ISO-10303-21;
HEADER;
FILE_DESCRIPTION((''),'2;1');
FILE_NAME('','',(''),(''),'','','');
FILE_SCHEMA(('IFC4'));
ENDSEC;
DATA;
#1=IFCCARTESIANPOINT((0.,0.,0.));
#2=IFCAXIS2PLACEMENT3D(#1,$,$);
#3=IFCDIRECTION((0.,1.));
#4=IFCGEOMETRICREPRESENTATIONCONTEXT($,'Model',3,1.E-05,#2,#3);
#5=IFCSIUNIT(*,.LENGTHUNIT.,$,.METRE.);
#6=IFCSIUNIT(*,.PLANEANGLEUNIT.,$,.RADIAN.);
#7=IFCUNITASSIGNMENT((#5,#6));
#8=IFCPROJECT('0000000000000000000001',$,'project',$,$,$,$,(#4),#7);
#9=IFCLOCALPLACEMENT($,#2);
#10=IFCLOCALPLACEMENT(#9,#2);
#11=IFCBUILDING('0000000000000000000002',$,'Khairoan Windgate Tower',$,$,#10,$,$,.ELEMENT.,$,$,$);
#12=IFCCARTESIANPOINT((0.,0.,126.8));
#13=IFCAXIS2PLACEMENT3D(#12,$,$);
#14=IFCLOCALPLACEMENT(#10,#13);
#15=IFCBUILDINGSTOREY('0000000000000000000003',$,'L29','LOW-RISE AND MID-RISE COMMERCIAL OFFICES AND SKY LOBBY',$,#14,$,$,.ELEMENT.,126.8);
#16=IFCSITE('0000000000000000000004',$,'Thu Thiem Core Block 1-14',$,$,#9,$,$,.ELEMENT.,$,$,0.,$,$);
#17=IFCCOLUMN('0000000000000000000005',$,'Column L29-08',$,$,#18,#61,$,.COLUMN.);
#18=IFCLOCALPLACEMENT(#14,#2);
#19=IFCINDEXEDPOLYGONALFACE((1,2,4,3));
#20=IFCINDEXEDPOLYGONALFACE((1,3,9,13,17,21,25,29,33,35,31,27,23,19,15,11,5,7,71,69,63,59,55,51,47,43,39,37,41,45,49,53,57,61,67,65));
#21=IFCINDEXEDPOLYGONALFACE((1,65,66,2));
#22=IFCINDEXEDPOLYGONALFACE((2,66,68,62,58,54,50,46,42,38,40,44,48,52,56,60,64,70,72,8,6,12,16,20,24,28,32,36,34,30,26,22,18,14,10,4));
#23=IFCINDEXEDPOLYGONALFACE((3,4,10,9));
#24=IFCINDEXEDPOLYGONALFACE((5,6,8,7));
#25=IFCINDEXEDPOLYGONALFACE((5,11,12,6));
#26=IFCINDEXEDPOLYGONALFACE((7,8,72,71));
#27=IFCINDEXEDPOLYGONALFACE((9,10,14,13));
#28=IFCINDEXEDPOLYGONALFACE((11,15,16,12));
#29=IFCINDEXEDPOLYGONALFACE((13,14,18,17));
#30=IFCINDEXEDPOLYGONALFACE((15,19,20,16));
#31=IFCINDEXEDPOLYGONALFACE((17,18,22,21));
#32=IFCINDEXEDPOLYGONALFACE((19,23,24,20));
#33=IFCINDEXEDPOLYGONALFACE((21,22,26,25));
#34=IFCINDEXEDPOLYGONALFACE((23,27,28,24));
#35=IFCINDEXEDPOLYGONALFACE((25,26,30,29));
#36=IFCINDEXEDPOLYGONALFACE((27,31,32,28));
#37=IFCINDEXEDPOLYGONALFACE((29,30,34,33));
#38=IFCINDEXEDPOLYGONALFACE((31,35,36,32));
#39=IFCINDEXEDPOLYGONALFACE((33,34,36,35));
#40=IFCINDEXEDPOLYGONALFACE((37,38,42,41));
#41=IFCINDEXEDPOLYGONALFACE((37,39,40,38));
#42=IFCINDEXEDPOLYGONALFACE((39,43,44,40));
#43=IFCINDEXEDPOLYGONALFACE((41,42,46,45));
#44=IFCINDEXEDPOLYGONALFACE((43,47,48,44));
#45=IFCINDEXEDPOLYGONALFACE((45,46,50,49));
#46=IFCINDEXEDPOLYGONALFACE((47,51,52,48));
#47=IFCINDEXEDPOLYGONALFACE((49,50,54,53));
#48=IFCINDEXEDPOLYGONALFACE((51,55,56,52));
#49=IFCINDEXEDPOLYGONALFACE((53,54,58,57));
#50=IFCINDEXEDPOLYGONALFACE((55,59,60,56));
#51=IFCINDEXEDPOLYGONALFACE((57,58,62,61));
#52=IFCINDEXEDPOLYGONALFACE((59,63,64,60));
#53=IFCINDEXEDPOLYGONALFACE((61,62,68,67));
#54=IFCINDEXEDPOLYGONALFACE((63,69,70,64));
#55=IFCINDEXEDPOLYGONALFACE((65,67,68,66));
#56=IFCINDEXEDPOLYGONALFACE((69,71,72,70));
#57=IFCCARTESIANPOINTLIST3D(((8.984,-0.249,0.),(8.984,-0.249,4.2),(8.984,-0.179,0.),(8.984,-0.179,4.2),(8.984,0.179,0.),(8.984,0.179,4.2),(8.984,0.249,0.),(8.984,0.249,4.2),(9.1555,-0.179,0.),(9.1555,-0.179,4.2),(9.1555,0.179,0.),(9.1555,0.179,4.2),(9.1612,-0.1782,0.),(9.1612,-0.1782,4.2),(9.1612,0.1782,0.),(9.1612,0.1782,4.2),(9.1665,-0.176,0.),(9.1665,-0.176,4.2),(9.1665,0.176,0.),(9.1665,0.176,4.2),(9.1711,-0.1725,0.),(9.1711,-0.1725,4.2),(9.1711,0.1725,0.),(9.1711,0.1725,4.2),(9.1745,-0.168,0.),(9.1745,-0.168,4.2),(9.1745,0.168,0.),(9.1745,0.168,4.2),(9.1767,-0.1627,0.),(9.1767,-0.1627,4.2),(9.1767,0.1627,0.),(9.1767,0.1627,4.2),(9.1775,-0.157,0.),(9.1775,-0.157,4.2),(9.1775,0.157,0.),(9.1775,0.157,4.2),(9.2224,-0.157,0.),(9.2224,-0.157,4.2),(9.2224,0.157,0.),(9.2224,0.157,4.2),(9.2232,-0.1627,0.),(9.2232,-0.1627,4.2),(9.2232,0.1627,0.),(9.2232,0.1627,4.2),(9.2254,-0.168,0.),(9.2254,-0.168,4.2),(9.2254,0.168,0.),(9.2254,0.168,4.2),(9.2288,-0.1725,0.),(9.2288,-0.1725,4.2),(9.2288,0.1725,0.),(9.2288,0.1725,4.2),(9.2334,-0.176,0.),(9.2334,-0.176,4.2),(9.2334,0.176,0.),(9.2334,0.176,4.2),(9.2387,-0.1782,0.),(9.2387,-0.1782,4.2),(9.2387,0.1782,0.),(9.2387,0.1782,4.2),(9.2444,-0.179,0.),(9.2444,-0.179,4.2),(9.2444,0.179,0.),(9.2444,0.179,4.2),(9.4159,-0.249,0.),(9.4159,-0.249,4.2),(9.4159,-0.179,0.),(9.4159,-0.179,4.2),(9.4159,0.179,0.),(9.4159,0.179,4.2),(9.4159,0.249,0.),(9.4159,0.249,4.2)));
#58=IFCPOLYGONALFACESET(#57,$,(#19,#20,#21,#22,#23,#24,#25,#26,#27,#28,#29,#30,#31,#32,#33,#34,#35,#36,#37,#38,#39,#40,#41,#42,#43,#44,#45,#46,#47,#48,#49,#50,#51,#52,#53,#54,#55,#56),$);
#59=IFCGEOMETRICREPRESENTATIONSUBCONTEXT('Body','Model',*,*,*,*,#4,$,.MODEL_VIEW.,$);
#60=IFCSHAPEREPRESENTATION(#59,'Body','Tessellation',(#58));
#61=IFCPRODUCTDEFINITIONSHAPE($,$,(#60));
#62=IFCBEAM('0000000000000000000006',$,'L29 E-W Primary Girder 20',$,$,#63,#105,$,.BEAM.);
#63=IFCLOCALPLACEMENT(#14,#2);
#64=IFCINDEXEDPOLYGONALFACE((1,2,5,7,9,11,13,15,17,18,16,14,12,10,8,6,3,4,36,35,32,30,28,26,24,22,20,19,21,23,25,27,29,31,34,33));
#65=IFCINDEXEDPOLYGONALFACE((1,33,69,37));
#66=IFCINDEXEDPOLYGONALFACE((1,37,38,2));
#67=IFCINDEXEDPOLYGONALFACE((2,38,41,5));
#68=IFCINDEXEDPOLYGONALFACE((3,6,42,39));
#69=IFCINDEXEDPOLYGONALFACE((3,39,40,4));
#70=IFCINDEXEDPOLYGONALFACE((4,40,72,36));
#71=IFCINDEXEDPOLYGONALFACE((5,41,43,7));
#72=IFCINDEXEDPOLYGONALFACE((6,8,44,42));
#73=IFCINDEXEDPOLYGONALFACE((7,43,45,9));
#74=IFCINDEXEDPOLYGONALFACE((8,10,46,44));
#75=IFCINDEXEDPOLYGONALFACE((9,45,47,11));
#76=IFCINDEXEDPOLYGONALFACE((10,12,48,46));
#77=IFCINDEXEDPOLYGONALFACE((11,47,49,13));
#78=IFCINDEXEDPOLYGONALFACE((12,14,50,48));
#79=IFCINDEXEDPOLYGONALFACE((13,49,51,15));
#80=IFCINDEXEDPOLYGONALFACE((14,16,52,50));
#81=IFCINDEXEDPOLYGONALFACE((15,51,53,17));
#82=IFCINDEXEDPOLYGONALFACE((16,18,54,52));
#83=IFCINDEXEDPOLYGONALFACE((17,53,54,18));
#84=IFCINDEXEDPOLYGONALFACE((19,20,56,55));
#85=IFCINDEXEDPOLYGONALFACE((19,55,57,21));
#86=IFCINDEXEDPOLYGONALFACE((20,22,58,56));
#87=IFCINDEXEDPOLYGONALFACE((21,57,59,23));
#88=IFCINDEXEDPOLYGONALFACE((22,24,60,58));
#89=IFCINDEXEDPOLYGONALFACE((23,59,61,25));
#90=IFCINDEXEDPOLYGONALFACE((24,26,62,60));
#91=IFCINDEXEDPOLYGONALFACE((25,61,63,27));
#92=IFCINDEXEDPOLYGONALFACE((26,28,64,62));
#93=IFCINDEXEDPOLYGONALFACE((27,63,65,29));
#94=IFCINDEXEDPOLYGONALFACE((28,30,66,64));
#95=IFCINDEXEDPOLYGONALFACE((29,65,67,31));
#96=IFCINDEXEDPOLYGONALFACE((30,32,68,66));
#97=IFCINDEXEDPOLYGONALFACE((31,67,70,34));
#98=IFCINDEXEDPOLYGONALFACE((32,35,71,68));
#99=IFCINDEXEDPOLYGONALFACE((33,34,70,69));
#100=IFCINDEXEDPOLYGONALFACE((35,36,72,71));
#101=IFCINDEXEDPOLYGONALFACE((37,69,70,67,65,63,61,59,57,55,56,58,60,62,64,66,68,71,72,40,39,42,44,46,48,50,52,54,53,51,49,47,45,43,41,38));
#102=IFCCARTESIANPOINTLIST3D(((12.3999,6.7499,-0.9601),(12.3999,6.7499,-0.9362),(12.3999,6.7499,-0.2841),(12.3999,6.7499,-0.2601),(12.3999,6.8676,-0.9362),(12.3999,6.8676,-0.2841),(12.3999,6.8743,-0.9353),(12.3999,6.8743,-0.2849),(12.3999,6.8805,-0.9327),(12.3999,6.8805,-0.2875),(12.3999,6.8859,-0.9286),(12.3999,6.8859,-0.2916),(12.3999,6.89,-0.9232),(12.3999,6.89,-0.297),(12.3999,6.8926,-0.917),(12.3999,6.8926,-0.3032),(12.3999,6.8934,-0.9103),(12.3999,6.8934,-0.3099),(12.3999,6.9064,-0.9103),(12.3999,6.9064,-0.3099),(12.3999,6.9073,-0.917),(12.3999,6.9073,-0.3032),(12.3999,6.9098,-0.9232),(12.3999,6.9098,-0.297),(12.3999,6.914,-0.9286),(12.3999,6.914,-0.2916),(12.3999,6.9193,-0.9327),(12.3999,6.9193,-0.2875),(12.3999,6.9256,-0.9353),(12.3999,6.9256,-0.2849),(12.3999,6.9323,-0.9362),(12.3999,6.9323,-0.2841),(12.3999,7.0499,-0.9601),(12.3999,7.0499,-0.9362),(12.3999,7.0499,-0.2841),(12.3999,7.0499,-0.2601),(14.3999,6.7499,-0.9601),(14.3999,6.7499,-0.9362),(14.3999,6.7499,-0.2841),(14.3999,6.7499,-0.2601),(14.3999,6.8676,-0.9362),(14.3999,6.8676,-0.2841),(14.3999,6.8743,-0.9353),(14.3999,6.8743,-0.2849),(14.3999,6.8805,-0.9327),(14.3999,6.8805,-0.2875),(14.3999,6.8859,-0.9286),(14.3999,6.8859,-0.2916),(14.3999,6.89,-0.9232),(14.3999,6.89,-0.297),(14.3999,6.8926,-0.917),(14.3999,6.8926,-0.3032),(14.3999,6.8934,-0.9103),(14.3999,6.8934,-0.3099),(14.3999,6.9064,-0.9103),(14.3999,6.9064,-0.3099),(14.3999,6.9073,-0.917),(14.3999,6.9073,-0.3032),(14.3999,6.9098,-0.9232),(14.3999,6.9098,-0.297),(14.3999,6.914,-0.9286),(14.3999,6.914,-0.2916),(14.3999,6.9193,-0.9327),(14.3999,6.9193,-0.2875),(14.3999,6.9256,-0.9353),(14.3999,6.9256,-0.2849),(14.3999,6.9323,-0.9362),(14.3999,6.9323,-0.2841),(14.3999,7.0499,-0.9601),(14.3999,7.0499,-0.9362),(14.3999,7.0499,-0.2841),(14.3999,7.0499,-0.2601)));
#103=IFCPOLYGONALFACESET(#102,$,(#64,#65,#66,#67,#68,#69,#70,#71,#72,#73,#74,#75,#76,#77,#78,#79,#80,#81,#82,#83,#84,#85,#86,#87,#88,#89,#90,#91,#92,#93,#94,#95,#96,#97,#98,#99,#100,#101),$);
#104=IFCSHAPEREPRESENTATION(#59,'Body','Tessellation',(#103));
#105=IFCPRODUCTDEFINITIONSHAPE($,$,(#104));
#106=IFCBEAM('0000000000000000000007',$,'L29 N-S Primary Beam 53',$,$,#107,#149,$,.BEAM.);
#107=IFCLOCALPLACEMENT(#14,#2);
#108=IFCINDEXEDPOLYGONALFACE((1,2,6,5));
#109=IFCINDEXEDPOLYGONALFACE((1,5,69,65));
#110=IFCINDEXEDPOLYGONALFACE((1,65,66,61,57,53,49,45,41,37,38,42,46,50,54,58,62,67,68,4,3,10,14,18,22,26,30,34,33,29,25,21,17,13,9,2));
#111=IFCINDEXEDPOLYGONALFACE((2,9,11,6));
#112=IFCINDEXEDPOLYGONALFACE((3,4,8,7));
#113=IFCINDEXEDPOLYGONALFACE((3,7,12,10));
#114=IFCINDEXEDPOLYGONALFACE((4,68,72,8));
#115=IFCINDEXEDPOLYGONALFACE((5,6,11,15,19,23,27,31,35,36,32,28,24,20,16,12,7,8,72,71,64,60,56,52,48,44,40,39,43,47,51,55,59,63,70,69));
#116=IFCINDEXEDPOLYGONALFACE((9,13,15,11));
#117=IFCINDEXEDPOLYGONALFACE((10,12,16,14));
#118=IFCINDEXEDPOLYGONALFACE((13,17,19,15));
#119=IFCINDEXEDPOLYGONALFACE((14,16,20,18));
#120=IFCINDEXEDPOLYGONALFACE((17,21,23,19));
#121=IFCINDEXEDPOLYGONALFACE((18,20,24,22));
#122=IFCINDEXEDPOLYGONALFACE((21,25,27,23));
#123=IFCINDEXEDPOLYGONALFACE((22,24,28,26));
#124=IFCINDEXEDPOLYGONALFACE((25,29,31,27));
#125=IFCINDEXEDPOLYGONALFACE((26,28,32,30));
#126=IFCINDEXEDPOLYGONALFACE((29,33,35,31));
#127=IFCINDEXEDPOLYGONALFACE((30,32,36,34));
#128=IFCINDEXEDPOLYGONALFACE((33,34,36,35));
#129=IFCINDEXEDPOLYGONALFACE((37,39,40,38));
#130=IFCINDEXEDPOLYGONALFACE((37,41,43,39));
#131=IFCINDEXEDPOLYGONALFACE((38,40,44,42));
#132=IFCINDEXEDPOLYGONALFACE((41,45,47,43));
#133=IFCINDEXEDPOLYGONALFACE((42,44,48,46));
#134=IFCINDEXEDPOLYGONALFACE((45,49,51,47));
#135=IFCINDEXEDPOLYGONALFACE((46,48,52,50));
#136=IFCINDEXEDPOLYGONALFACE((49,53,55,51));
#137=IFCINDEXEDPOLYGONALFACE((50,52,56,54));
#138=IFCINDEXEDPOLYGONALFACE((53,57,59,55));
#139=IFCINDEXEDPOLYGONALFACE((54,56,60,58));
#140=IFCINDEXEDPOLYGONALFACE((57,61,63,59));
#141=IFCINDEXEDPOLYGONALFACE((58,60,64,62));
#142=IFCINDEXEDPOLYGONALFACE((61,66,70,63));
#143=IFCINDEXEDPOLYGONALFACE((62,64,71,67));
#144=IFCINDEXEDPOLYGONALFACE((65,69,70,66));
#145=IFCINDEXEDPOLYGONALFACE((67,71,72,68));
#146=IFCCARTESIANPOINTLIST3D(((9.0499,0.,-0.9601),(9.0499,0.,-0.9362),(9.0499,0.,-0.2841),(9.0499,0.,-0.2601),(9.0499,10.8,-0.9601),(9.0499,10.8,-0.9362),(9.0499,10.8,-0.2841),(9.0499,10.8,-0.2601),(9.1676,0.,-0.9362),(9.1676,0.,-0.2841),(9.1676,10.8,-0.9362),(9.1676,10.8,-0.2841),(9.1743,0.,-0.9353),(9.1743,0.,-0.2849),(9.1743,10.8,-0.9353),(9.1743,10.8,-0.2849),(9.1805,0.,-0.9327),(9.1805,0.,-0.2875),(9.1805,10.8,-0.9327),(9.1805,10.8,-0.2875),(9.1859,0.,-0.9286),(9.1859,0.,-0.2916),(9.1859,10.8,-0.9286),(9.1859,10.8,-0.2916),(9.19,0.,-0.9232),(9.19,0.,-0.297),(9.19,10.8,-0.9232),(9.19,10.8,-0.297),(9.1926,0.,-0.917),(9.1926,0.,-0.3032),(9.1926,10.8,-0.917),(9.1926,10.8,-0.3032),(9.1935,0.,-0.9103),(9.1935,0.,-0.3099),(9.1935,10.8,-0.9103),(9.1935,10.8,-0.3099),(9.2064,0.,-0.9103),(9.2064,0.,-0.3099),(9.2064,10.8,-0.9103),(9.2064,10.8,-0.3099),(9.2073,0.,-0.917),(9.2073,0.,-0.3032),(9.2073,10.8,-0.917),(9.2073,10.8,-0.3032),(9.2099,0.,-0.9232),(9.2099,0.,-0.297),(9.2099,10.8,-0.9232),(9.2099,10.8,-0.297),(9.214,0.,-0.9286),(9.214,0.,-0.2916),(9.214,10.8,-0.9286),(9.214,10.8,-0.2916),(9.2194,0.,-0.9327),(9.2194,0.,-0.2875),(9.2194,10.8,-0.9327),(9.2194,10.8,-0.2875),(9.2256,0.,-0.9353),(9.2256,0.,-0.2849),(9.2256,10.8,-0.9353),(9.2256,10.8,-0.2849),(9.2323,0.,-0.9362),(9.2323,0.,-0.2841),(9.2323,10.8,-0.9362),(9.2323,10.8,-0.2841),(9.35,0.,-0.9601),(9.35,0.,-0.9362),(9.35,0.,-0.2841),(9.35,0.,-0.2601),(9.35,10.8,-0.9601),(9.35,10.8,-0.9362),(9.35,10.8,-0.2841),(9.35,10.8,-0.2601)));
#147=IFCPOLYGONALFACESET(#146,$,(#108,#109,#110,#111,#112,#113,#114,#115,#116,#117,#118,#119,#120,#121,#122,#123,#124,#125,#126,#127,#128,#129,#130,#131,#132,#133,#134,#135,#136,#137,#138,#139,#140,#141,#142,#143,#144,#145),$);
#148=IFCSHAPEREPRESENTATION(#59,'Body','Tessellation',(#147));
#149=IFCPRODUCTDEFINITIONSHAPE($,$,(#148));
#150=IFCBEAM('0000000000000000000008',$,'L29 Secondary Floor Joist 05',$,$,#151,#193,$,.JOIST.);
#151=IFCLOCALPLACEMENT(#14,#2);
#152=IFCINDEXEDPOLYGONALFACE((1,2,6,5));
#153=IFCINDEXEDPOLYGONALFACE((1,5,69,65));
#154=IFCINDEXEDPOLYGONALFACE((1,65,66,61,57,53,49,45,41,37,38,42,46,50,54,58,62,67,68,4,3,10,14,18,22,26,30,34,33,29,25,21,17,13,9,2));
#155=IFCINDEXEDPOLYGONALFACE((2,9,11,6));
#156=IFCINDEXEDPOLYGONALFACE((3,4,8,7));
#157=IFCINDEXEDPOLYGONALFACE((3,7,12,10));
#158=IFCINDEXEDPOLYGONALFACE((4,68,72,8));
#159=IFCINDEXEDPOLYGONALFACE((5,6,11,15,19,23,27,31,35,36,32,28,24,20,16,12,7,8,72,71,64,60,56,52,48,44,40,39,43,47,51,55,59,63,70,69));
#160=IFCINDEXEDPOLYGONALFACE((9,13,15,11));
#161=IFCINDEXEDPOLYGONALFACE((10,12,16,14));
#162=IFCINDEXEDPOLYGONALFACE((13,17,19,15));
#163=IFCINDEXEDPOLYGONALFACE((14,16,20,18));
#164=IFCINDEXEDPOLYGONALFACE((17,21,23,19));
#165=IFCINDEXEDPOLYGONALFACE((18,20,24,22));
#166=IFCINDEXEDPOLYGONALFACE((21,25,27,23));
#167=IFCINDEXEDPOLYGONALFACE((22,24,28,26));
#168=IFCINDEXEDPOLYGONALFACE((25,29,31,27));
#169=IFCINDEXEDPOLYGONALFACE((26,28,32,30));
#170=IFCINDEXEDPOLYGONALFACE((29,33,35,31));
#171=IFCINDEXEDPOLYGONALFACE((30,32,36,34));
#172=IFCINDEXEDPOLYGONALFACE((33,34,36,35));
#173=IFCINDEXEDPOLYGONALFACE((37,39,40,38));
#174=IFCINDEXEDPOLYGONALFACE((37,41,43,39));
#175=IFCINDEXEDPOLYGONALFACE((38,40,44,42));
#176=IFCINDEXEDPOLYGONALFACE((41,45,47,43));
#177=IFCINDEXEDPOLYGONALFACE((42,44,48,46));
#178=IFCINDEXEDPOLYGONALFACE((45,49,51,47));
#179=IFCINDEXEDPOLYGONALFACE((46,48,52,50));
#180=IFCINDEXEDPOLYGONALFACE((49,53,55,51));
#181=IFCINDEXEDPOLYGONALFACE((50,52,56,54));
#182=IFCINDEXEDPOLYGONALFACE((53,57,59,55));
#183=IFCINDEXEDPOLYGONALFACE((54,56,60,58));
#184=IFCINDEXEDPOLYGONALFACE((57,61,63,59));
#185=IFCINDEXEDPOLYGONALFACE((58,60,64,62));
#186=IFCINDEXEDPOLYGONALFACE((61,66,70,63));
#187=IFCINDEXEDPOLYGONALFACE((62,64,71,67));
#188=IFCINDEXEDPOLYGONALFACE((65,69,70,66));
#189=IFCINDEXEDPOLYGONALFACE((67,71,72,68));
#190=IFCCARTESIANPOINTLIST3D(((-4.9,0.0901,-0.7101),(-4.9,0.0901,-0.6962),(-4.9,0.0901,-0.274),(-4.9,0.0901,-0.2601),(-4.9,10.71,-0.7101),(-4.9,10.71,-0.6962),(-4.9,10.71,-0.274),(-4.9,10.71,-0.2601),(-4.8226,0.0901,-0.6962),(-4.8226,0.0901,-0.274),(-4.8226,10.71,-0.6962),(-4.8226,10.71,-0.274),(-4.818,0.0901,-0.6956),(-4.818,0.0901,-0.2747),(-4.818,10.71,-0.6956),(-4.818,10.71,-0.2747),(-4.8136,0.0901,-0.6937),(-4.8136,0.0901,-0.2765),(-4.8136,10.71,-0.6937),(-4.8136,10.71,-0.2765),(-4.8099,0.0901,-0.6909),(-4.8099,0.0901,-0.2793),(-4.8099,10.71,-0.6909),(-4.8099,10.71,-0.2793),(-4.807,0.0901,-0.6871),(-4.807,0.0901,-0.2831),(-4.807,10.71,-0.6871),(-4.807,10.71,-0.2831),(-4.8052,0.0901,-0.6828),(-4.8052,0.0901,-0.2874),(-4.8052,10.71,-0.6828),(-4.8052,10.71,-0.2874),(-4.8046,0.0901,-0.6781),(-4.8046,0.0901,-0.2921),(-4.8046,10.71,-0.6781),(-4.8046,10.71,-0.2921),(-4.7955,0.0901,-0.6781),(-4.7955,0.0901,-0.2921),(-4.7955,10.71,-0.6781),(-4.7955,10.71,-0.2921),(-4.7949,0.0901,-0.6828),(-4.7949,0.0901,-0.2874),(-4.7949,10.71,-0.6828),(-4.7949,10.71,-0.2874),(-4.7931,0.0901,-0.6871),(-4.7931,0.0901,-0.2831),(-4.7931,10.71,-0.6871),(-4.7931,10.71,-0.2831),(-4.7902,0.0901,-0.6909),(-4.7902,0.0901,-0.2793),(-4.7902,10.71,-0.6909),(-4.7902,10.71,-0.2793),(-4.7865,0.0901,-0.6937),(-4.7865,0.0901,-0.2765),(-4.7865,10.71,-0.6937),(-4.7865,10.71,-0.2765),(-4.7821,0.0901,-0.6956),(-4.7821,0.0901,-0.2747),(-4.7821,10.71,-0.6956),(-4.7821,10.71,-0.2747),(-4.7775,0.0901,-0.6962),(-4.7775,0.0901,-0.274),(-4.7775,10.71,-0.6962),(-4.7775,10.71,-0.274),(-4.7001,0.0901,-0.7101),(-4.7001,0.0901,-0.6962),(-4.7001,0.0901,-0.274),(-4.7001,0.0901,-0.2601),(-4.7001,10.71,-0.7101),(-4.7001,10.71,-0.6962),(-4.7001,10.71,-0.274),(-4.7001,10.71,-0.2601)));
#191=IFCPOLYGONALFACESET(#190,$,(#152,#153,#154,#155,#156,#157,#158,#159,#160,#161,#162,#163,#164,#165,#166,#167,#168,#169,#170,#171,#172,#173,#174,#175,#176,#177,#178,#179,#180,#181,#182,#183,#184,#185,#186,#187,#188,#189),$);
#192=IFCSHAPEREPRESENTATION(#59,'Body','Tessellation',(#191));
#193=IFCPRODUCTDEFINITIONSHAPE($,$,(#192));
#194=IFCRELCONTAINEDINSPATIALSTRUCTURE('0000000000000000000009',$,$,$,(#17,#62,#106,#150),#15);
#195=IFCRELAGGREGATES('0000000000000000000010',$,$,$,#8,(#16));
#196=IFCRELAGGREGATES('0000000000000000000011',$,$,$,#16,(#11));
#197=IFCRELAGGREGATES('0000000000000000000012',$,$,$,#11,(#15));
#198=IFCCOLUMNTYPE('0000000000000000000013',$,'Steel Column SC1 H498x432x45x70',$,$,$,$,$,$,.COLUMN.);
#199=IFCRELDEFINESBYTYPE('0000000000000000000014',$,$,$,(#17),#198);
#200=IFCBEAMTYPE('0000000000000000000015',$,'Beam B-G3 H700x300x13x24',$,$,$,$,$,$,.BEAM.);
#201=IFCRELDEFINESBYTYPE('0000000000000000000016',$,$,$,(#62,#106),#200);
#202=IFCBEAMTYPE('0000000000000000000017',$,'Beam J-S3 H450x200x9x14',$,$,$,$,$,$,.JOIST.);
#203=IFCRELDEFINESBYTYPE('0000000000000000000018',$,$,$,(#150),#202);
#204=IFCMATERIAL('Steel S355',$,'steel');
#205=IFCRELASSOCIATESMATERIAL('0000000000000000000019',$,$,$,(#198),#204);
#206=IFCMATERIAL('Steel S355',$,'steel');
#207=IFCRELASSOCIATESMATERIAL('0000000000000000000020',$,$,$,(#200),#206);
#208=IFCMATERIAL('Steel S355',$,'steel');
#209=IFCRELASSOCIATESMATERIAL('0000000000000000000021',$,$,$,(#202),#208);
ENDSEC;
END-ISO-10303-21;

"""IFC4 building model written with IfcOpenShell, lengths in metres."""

from ifc_helpers import new_model, si_unit, direction, frame, origin, origin_2d, place, context, subcontext, project, spatial, i_section, extrude, material, material_profile, profile_set, type_object, element, save


model = new_model("IFC4")

# Units and contexts
model_context = context("Model", 3, precision=1e-05, world=origin(), true_north=direction((0.0, 1.0)))
body_context = subcontext(model_context, "Body", "Model", "MODEL_VIEW")
ifc_project = project(units=[si_unit("LENGTHUNIT", "METRE"), si_unit("PLANEANGLEUNIT", "RADIAN")], contexts=[model_context])

# Site, building, storey
site_placement = place(None, origin())
site = spatial("IfcSite", under=ifc_project, at=site_placement, Name="Thu Thiem Core Block 1-14", CompositionType="ELEMENT", RefElevation=0.0)
building_placement = place(site_placement, origin())
building = spatial("IfcBuilding", under=site, at=building_placement, Name="Khairoan Windgate Tower", CompositionType="ELEMENT")
storey_placement = place(building_placement, frame((0.0, 0.0, 126.8)))
storey = spatial("IfcBuildingStorey", under=building, at=storey_placement, Name="L29", Description="LOW-RISE AND MID-RISE COMMERCIAL OFFICES AND SKY LOBBY", CompositionType="ELEMENT", Elevation=126.8)

# Column
ifc_material_1 = material(Name="Steel S355", Category="steel")
ifc_material_profile_1 = material_profile(ifc_material_1, i_section(OverallWidth=0.4319, OverallDepth=0.498, WebThickness=0.0449, FlangeThickness=0.0701, FilletRadius=0.022, at=origin_2d()))
ifc_profile_set_1 = profile_set([ifc_material_profile_1], Name="Steel S355")
column_type = type_object("IfcColumnType", Name="Steel Column SC1 H498x432x45x70", PredefinedType="COLUMN", material=ifc_profile_set_1)
column_placement = place(storey_placement, frame((9.2, 0.0, 0.0), z_axis=(0.0, 0.0, 1.0), x_axis=(1.0, 0.0, 0.0)))
element("IfcColumn", 1, at=column_placement, inside=storey, type_object=column_type, Name="Column L29-08", PredefinedType="COLUMN", context=body_context, shape_type="SweptSolid", body=[
    extrude(i_section(OverallWidth=0.4319, OverallDepth=0.498, WebThickness=0.0449, FlangeThickness=0.0701, FilletRadius=0.022, at=origin_2d()), origin(), (0.0, 0.0, 1.0), 4.2),
])

# Beams
ifc_material_2 = material(Name="Steel S355", Category="steel")
ifc_material_profile_2 = material_profile(ifc_material_2, i_section(OverallWidth=0.3, OverallDepth=0.7, WebThickness=0.0129, FlangeThickness=0.0239, FilletRadius=0.0259, at=origin_2d()))
ifc_profile_set_2 = profile_set([ifc_material_profile_2], Name="Steel S355")
beam_type_1 = type_object("IfcBeamType", Name="Beam B-G3 H700x300x13x24", PredefinedType="BEAM", material=ifc_profile_set_2)
beam_1_placement = place(storey_placement, frame((12.3999, 6.8999, -0.6101), z_axis=(1.0, 0.0, 0.0), x_axis=(0.0, 1.0, 0.0)))
element("IfcBeam", 2, at=beam_1_placement, inside=storey, type_object=beam_type_1, Name="L29 E-W Primary Girder 20", PredefinedType="BEAM", context=body_context, shape_type="SweptSolid", body=[
    extrude(i_section(OverallWidth=0.3, OverallDepth=0.7, WebThickness=0.0129, FlangeThickness=0.0239, FilletRadius=0.0259, at=origin_2d()), origin(), (0.0, 0.0, 1.0), 2.0),
])
beam_2_placement = place(storey_placement, frame((9.2, 0.0, -0.6101), z_axis=(0.0, 1.0, 0.0), x_axis=(-1.0, 0.0, 0.0)))
element("IfcBeam", 3, at=beam_2_placement, inside=storey, type_object=beam_type_1, Name="L29 N-S Primary Beam 53", PredefinedType="BEAM", context=body_context, shape_type="SweptSolid", body=[
    extrude(i_section(OverallWidth=0.3, OverallDepth=0.7, WebThickness=0.0129, FlangeThickness=0.0239, FilletRadius=0.0259, at=origin_2d()), origin(), (0.0, 0.0, 1.0), 10.8),
])
ifc_material_3 = material(Name="Steel S355", Category="steel")
ifc_material_profile_3 = material_profile(ifc_material_3, i_section(OverallWidth=0.2, OverallDepth=0.45, WebThickness=0.009, FlangeThickness=0.0139, FilletRadius=0.0181, at=origin_2d()))
ifc_profile_set_3 = profile_set([ifc_material_profile_3], Name="Steel S355")
beam_type_2 = type_object("IfcBeamType", Name="Beam J-S3 H450x200x9x14", PredefinedType="JOIST", material=ifc_profile_set_3)
for number, where, z_axis, x_axis, name in (
    (4, (-4.8, 0.0901, -0.4851), (0.0, 1.0, 0.0), (-1.0, 0.0, 0.0), "L29 Secondary Floor Joist 05"),
):
    element("IfcBeam", number, at=place(storey_placement, frame(where, z_axis=z_axis, x_axis=x_axis)), inside=storey, type_object=beam_type_2, Name=name, PredefinedType="JOIST", context=body_context, shape_type="SweptSolid", body=[
        extrude(i_section(OverallWidth=0.2, OverallDepth=0.45, WebThickness=0.009, FlangeThickness=0.0139, FilletRadius=0.0181, at=origin_2d()), origin(), (0.0, 0.0, 1.0), 10.6199),
    ])

save(model, "model.ifc")
